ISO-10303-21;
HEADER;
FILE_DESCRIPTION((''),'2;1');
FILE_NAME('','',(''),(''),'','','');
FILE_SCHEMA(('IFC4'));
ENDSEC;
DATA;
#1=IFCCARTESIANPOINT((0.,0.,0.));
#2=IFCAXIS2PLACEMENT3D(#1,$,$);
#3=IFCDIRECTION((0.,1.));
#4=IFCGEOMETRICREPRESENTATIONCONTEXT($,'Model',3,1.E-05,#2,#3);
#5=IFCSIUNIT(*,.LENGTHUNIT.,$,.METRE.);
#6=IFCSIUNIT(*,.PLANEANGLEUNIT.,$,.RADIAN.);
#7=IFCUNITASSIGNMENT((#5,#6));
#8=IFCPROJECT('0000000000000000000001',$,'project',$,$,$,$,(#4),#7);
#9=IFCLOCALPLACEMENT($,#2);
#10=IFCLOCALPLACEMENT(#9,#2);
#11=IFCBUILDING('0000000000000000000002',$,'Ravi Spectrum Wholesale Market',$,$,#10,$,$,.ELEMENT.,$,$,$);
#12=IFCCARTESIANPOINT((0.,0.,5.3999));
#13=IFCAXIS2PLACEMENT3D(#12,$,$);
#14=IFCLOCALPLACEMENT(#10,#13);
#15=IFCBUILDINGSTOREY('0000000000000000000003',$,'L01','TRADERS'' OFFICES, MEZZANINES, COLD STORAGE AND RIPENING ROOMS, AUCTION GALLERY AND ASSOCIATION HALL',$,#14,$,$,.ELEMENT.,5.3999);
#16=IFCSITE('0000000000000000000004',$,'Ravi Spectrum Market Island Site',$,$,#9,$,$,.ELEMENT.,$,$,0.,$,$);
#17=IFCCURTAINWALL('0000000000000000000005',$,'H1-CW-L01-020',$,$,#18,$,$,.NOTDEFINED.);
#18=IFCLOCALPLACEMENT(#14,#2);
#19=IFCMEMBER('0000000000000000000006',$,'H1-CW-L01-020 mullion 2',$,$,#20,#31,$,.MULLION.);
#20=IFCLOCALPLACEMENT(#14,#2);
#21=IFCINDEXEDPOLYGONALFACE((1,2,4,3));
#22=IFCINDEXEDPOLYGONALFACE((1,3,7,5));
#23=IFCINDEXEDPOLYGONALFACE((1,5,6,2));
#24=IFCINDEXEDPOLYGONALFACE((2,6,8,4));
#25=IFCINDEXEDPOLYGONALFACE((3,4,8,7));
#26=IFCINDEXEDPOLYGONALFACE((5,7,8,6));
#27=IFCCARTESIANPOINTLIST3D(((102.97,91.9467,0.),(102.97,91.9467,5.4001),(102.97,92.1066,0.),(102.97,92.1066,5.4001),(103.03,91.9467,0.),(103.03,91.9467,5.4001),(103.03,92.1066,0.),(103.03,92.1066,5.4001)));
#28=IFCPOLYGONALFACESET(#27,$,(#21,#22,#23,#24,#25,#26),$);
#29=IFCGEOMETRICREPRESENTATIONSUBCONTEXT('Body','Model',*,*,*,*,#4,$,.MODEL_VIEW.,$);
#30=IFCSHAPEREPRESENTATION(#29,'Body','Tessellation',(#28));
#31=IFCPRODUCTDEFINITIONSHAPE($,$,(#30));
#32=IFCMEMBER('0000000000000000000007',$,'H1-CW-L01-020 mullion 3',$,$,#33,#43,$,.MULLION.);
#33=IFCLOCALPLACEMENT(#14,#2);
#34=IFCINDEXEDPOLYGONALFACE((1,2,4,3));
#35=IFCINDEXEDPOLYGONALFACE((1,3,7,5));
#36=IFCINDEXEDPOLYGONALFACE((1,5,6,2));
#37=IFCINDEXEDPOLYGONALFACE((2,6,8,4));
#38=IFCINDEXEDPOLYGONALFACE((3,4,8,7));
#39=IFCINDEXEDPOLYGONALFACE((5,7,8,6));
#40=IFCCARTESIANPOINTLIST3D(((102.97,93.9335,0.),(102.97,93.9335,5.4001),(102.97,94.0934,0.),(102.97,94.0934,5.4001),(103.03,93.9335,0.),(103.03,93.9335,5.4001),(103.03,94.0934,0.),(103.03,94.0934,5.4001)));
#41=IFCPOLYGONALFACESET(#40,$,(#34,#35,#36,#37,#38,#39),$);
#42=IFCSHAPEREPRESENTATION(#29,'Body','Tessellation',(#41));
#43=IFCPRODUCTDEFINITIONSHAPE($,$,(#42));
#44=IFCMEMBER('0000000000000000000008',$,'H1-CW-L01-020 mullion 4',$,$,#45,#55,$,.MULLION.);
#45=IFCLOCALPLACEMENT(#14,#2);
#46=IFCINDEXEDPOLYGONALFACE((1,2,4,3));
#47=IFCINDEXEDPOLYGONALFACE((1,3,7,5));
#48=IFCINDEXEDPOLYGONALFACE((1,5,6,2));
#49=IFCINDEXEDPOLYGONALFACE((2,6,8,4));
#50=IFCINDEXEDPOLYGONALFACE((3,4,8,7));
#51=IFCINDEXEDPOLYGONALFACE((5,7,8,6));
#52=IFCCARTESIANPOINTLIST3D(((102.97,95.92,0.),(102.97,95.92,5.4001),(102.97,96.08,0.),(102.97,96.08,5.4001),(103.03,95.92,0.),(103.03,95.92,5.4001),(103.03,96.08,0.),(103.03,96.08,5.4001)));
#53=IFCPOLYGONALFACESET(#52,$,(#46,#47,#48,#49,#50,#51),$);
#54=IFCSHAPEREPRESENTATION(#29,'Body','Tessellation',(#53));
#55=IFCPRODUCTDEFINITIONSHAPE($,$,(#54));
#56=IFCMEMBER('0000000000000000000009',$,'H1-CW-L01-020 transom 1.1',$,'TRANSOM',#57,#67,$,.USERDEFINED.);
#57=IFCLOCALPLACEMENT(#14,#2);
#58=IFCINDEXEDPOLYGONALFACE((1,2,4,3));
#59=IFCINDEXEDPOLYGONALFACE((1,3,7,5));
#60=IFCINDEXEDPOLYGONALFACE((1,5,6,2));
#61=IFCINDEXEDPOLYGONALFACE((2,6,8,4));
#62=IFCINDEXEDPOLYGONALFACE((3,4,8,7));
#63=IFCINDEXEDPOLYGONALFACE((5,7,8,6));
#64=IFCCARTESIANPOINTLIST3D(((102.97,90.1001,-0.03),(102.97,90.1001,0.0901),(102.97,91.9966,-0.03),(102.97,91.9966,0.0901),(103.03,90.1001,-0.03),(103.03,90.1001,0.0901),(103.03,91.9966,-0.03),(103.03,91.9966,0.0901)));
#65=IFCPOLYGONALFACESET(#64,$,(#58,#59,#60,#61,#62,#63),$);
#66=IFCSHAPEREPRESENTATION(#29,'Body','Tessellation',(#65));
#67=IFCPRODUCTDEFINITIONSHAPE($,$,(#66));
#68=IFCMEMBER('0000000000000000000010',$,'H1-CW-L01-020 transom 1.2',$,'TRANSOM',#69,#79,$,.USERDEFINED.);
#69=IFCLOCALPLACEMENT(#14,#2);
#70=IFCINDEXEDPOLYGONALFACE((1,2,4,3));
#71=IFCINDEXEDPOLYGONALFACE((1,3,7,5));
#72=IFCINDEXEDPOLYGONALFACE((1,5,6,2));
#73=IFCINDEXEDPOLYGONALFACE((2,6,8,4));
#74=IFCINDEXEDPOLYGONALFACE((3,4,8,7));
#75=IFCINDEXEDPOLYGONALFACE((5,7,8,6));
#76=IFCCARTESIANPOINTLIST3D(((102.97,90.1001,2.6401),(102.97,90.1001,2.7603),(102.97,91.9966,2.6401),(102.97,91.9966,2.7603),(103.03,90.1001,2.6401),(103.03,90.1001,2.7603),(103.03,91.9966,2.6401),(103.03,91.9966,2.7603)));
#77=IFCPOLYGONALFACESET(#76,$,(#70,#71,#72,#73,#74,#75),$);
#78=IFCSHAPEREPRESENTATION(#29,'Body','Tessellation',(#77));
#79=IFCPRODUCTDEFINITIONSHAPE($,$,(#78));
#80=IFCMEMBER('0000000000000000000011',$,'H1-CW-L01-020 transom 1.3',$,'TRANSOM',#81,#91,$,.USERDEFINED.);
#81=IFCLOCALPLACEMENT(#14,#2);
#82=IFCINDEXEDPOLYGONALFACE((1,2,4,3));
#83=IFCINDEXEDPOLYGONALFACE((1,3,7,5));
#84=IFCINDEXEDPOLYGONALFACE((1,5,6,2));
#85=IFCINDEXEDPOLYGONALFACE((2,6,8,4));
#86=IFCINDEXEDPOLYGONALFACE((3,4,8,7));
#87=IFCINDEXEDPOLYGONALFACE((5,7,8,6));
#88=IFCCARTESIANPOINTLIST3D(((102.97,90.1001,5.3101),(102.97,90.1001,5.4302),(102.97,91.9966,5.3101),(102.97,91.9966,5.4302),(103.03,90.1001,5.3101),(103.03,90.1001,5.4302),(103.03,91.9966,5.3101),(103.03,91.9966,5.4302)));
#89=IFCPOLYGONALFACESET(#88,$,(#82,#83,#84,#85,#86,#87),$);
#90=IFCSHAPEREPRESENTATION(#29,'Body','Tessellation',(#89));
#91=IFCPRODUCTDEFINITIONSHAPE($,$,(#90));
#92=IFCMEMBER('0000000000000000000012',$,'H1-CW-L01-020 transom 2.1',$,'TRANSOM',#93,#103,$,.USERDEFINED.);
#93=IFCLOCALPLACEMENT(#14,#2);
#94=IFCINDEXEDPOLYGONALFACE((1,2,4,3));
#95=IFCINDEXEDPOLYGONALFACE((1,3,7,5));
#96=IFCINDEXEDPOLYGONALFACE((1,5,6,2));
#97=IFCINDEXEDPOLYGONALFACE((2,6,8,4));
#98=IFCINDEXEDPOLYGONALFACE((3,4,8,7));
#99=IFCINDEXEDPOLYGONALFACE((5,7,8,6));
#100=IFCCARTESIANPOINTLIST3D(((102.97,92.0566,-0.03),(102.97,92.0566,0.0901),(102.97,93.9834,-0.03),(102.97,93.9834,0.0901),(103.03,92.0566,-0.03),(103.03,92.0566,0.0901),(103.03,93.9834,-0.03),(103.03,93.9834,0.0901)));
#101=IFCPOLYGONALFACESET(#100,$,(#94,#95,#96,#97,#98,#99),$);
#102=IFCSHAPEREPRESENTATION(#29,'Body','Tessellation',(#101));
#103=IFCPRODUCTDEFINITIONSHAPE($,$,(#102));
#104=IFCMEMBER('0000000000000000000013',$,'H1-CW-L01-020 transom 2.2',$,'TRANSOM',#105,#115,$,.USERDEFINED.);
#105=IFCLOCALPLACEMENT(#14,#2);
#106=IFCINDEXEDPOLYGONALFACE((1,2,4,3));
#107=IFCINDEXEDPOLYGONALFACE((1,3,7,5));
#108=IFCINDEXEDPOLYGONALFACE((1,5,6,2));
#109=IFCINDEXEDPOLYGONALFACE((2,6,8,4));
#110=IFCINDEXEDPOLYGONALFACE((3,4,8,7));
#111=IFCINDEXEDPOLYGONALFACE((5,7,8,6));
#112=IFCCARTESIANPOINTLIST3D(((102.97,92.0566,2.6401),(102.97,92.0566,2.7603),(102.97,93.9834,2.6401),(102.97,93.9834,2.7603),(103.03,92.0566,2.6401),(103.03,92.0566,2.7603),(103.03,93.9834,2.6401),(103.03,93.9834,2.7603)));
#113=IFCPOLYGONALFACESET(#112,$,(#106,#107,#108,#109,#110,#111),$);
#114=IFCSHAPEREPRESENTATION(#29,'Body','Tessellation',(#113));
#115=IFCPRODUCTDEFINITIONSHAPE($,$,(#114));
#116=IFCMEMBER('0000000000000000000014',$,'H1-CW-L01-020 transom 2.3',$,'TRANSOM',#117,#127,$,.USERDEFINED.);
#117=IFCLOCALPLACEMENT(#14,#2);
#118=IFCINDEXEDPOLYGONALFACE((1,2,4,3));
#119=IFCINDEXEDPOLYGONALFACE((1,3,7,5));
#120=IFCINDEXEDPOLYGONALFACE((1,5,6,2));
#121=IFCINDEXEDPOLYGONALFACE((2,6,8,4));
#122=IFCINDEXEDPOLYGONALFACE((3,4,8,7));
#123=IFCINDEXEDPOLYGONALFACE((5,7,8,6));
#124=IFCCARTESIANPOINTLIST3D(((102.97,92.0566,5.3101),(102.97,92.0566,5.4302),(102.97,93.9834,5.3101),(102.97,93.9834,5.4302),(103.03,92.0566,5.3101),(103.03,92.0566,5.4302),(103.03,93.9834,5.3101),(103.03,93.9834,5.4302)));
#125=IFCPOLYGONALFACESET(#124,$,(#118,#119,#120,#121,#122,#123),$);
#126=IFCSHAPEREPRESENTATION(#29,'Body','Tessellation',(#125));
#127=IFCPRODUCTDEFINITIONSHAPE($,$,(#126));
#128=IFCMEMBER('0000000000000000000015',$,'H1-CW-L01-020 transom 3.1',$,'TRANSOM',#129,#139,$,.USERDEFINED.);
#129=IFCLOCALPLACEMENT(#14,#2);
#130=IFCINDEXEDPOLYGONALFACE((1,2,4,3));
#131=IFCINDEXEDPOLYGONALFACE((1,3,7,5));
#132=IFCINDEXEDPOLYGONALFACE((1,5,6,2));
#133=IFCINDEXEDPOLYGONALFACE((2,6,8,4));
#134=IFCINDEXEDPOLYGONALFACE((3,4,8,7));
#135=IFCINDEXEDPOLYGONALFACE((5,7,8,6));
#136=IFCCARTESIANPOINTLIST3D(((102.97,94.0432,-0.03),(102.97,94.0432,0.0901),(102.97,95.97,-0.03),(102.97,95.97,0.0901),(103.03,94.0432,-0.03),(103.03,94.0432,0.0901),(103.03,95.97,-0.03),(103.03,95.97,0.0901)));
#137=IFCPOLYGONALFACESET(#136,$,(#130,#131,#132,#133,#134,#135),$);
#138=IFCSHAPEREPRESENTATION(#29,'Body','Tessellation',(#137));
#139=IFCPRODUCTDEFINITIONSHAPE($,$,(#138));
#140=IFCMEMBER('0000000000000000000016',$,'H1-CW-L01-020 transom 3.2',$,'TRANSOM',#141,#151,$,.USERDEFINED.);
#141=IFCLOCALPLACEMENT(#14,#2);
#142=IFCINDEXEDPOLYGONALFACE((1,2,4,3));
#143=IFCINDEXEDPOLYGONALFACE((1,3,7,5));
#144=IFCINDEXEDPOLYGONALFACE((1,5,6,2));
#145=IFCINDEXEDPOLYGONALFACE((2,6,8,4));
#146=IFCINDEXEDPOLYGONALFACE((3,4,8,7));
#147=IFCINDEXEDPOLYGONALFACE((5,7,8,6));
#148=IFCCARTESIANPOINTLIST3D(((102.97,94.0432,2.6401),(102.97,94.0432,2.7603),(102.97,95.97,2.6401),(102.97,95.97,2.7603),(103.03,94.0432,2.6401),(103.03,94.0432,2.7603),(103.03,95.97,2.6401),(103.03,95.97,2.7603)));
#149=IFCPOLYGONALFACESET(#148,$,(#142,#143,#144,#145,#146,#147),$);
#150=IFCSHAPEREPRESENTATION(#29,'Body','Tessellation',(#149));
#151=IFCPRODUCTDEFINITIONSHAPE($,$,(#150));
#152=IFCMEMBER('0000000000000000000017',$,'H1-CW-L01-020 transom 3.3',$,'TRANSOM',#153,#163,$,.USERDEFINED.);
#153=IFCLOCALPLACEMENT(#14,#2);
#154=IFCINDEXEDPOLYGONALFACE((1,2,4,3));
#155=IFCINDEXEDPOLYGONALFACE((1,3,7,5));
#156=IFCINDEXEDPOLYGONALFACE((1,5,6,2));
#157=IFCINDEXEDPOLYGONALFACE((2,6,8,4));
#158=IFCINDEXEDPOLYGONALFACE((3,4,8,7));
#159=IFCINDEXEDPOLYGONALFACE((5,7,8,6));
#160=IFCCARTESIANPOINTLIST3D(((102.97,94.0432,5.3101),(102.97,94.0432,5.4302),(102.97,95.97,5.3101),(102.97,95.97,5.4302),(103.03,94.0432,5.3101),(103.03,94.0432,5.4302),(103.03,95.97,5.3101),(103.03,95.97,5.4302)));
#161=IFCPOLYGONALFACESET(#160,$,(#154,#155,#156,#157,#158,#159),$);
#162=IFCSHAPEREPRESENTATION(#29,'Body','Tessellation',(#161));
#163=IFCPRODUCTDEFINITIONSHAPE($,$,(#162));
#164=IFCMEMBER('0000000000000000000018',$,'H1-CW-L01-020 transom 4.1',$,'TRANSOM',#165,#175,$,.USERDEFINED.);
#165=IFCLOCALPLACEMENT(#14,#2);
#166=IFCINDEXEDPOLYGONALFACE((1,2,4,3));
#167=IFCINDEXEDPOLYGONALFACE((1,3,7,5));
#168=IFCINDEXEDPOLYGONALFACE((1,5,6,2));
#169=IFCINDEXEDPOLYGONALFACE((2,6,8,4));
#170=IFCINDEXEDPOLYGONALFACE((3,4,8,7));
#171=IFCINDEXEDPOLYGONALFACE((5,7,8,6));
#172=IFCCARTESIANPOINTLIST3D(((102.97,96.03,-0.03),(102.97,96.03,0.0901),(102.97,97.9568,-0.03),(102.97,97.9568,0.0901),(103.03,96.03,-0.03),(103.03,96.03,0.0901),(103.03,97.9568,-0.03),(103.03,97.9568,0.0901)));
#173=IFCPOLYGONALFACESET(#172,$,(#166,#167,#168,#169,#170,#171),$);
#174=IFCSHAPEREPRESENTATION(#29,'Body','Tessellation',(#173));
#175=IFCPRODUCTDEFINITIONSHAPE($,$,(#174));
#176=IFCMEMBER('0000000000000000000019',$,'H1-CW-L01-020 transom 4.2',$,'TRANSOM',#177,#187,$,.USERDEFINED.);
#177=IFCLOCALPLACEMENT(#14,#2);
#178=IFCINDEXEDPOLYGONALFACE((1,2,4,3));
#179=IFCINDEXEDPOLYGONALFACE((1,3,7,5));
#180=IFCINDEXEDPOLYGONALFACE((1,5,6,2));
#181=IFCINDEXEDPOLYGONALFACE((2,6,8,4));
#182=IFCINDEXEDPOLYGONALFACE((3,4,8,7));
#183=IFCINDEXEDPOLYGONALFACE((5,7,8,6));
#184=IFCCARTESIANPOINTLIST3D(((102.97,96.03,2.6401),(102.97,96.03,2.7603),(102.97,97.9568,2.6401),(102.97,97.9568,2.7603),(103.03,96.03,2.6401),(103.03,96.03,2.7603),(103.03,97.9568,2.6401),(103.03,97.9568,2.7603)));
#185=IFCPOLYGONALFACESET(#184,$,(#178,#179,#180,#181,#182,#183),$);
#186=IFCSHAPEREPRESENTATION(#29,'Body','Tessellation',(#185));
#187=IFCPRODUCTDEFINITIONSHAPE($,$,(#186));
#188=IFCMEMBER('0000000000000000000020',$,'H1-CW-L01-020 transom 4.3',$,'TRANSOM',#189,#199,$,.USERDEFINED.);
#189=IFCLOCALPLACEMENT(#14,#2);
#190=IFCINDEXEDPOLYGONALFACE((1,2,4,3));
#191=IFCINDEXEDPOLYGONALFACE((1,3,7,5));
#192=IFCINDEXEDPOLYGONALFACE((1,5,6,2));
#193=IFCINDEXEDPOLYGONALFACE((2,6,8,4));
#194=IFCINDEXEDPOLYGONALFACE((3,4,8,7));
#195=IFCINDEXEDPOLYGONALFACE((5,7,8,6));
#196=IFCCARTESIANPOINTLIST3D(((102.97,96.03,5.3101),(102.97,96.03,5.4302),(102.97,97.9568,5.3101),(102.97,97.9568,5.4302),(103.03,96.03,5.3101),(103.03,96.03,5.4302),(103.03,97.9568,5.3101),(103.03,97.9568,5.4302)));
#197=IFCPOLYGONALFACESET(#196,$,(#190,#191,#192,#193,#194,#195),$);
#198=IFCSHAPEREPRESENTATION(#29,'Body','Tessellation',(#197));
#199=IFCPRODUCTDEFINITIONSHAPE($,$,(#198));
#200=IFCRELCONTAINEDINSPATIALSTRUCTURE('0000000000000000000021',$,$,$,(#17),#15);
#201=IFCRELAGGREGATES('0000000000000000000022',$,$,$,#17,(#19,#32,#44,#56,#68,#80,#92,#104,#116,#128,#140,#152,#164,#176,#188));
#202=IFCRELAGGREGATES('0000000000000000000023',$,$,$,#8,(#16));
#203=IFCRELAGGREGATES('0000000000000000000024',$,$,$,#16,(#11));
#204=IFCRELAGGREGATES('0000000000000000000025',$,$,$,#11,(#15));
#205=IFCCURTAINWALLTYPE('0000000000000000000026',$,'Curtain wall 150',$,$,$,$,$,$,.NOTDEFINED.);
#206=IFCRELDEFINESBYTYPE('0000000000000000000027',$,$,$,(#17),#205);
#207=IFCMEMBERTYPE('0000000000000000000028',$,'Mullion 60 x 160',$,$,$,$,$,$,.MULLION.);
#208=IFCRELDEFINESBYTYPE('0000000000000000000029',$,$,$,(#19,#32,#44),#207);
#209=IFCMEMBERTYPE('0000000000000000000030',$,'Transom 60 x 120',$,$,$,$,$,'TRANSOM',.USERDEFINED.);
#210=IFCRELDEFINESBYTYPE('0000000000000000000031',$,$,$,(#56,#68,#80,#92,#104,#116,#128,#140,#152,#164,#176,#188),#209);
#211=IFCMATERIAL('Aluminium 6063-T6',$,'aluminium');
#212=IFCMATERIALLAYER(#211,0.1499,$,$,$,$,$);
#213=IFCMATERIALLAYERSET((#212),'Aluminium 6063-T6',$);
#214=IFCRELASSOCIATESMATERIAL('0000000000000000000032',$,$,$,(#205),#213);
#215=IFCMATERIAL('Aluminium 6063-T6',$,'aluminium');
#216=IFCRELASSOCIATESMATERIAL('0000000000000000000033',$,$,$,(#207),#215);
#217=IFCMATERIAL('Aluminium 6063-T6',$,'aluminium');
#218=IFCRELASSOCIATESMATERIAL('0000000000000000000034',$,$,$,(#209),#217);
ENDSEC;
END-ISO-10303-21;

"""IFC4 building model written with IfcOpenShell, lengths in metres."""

from ifc_helpers import new_model, si_unit, direction, frame, origin, origin_2d, place, context, subcontext, project, spatial, rectangle, extrude, material, layer, layer_set, material_profile, profile_set, type_object, element, aggregate, save


model = new_model("IFC4")

# Units and contexts
model_context = context("Model", 3, precision=1e-05, world=origin(), true_north=direction((0.0, 1.0)))
body_context = subcontext(model_context, "Body", "Model", "MODEL_VIEW")
ifc_project = project(units=[si_unit("LENGTHUNIT", "METRE"), si_unit("PLANEANGLEUNIT", "RADIAN")], contexts=[model_context])

# Site, building, storey
site_placement = place(None, origin())
site = spatial("IfcSite", under=ifc_project, at=site_placement, Name="Ravi Spectrum Market Island Site", CompositionType="ELEMENT", RefElevation=0.0)
building_placement = place(site_placement, origin())
building = spatial("IfcBuilding", under=site, at=building_placement, Name="Ravi Spectrum Wholesale Market", CompositionType="ELEMENT")
storey_placement = place(building_placement, frame((0.0, 0.0, 5.3999)))
storey = spatial("IfcBuildingStorey", under=building, at=storey_placement, Name="L01", Description="TRADERS' OFFICES, MEZZANINES, COLD STORAGE AND RIPENING ROOMS, AUCTION GALLERY AND ASSOCIATION HALL", CompositionType="ELEMENT", Elevation=5.3999)

# Curtain wall, members
ifc_material_1 = material(Name="Aluminium 6063-T6", Category="aluminium")
ifc_layer_1 = layer(ifc_material_1, 0.1499)
ifc_layer_set_1 = layer_set([ifc_layer_1], Name="Aluminium 6063-T6")
curtain_wall_type = type_object("IfcCurtainWallType", Name="Curtain wall 150", PredefinedType="NOTDEFINED", material=ifc_layer_set_1)
curtain_wall_placement = place(storey_placement, origin())
curtain_wall = element("IfcCurtainWall", 1, at=curtain_wall_placement, inside=storey, type_object=curtain_wall_type, Name="H1-CW-L01-020", PredefinedType="NOTDEFINED")
ifc_material_2 = material(Name="Aluminium 6063-T6", Category="aluminium")
ifc_material_profile_1 = material_profile(ifc_material_2, rectangle(XDim=0.0601, YDim=0.1599, at=origin_2d()))
ifc_profile_set_1 = profile_set([ifc_material_profile_1], Name="Aluminium 6063-T6")
member_type_1 = type_object("IfcMemberType", Name="Mullion 60 x 160", PredefinedType="MULLION", material=ifc_profile_set_1)
member_1_placement = place(storey_placement, frame((103.0, 92.0266, 0.0), z_axis=(0.0, 0.0, 1.0), x_axis=(-1.0, 0.0, 0.0)))
member_1 = element("IfcMember", 2, at=member_1_placement, type_object=member_type_1, Name="H1-CW-L01-020 mullion 2", PredefinedType="MULLION", context=body_context, shape_type="SweptSolid", body=[
    extrude(rectangle(XDim=0.0601, YDim=0.1599, at=origin_2d()), origin(), (0.0, 0.0, 1.0), 5.4001),
])
member_2_placement = place(storey_placement, frame((103.0, 94.0134, 0.0), z_axis=(0.0, 0.0, 1.0), x_axis=(-1.0, 0.0, 0.0)))
member_2 = element("IfcMember", 3, at=member_2_placement, type_object=member_type_1, Name="H1-CW-L01-020 mullion 3", PredefinedType="MULLION", context=body_context, shape_type="SweptSolid", body=[
    extrude(rectangle(XDim=0.0601, YDim=0.1599, at=origin_2d()), origin(), (0.0, 0.0, 1.0), 5.4001),
])
member_3_placement = place(storey_placement, frame((103.0, 96.0, 0.0), z_axis=(0.0, 0.0, 1.0), x_axis=(-1.0, 0.0, 0.0)))
member_3 = element("IfcMember", 4, at=member_3_placement, type_object=member_type_1, Name="H1-CW-L01-020 mullion 4", PredefinedType="MULLION", context=body_context, shape_type="SweptSolid", body=[
    extrude(rectangle(XDim=0.0601, YDim=0.1599, at=origin_2d()), origin(), (0.0, 0.0, 1.0), 5.4001),
])
ifc_material_3 = material(Name="Aluminium 6063-T6", Category="aluminium")
ifc_material_profile_2 = material_profile(ifc_material_3, rectangle(XDim=0.0601, YDim=0.1201, at=origin_2d()))
ifc_profile_set_2 = profile_set([ifc_material_profile_2], Name="Aluminium 6063-T6")
member_type_2 = type_object("IfcMemberType", Name="Transom 60 x 120", ElementType="TRANSOM", PredefinedType="USERDEFINED", material=ifc_profile_set_2)
member_4_placement = place(storey_placement, frame((103.0, 90.1001, 0.03), z_axis=(0.0, 1.0, 0.0), x_axis=(-1.0, 0.0, 0.0)))
member_4 = element("IfcMember", 5, at=member_4_placement, type_object=member_type_2, Name="H1-CW-L01-020 transom 1.1", ObjectType="TRANSOM", PredefinedType="USERDEFINED", context=body_context, shape_type="SweptSolid", body=[
    extrude(rectangle(XDim=0.0601, YDim=0.1201, at=origin_2d()), origin(), (0.0, 0.0, 1.0), 1.8965),
])
member_5_placement = place(storey_placement, frame((103.0, 90.1001, 2.7002), z_axis=(0.0, 1.0, 0.0), x_axis=(-1.0, 0.0, 0.0)))
member_5 = element("IfcMember", 6, at=member_5_placement, type_object=member_type_2, Name="H1-CW-L01-020 transom 1.2", ObjectType="TRANSOM", PredefinedType="USERDEFINED", context=body_context, shape_type="SweptSolid", body=[
    extrude(rectangle(XDim=0.0601, YDim=0.1201, at=origin_2d()), origin(), (0.0, 0.0, 1.0), 1.8965),
])
member_6_placement = place(storey_placement, frame((103.0, 90.1001, 5.3701), z_axis=(0.0, 1.0, 0.0), x_axis=(-1.0, 0.0, 0.0)))
member_6 = element("IfcMember", 7, at=member_6_placement, type_object=member_type_2, Name="H1-CW-L01-020 transom 1.3", ObjectType="TRANSOM", PredefinedType="USERDEFINED", context=body_context, shape_type="SweptSolid", body=[
    extrude(rectangle(XDim=0.0601, YDim=0.1201, at=origin_2d()), origin(), (0.0, 0.0, 1.0), 1.8965),
])
member_7_placement = place(storey_placement, frame((103.0, 92.0566, 0.03), z_axis=(0.0, 1.0, 0.0), x_axis=(-1.0, 0.0, 0.0)))
member_7 = element("IfcMember", 8, at=member_7_placement, type_object=member_type_2, Name="H1-CW-L01-020 transom 2.1", ObjectType="TRANSOM", PredefinedType="USERDEFINED", context=body_context, shape_type="SweptSolid", body=[
    extrude(rectangle(XDim=0.0601, YDim=0.1201, at=origin_2d()), origin(), (0.0, 0.0, 1.0), 1.9268),
])
member_8_placement = place(storey_placement, frame((103.0, 92.0566, 2.7002), z_axis=(0.0, 1.0, 0.0), x_axis=(-1.0, 0.0, 0.0)))
member_8 = element("IfcMember", 9, at=member_8_placement, type_object=member_type_2, Name="H1-CW-L01-020 transom 2.2", ObjectType="TRANSOM", PredefinedType="USERDEFINED", context=body_context, shape_type="SweptSolid", body=[
    extrude(rectangle(XDim=0.0601, YDim=0.1201, at=origin_2d()), origin(), (0.0, 0.0, 1.0), 1.9268),
])
member_9_placement = place(storey_placement, frame((103.0, 92.0566, 5.3701), z_axis=(0.0, 1.0, 0.0), x_axis=(-1.0, 0.0, 0.0)))
member_9 = element("IfcMember", 10, at=member_9_placement, type_object=member_type_2, Name="H1-CW-L01-020 transom 2.3", ObjectType="TRANSOM", PredefinedType="USERDEFINED", context=body_context, shape_type="SweptSolid", body=[
    extrude(rectangle(XDim=0.0601, YDim=0.1201, at=origin_2d()), origin(), (0.0, 0.0, 1.0), 1.9268),
])
member_10_placement = place(storey_placement, frame((103.0, 94.0432, 0.03), z_axis=(0.0, 1.0, 0.0), x_axis=(-1.0, 0.0, 0.0)))
member_10 = element("IfcMember", 11, at=member_10_placement, type_object=member_type_2, Name="H1-CW-L01-020 transom 3.1", ObjectType="TRANSOM", PredefinedType="USERDEFINED", context=body_context, shape_type="SweptSolid", body=[
    extrude(rectangle(XDim=0.0601, YDim=0.1201, at=origin_2d()), origin(), (0.0, 0.0, 1.0), 1.9268),
])
member_11_placement = place(storey_placement, frame((103.0, 94.0432, 2.7002), z_axis=(0.0, 1.0, 0.0), x_axis=(-1.0, 0.0, 0.0)))
member_11 = element("IfcMember", 12, at=member_11_placement, type_object=member_type_2, Name="H1-CW-L01-020 transom 3.2", ObjectType="TRANSOM", PredefinedType="USERDEFINED", context=body_context, shape_type="SweptSolid", body=[
    extrude(rectangle(XDim=0.0601, YDim=0.1201, at=origin_2d()), origin(), (0.0, 0.0, 1.0), 1.9268),
])
member_12_placement = place(storey_placement, frame((103.0, 94.0432, 5.3701), z_axis=(0.0, 1.0, 0.0), x_axis=(-1.0, 0.0, 0.0)))
member_12 = element("IfcMember", 13, at=member_12_placement, type_object=member_type_2, Name="H1-CW-L01-020 transom 3.3", ObjectType="TRANSOM", PredefinedType="USERDEFINED", context=body_context, shape_type="SweptSolid", body=[
    extrude(rectangle(XDim=0.0601, YDim=0.1201, at=origin_2d()), origin(), (0.0, 0.0, 1.0), 1.9268),
])
member_13_placement = place(storey_placement, frame((103.0, 96.03, 0.03), z_axis=(0.0, 1.0, 0.0), x_axis=(-1.0, 0.0, 0.0)))
member_13 = element("IfcMember", 14, at=member_13_placement, type_object=member_type_2, Name="H1-CW-L01-020 transom 4.1", ObjectType="TRANSOM", PredefinedType="USERDEFINED", context=body_context, shape_type="SweptSolid", body=[
    extrude(rectangle(XDim=0.0601, YDim=0.1201, at=origin_2d()), origin(), (0.0, 0.0, 1.0), 1.9268),
])
member_14_placement = place(storey_placement, frame((103.0, 96.03, 2.7002), z_axis=(0.0, 1.0, 0.0), x_axis=(-1.0, 0.0, 0.0)))
member_14 = element("IfcMember", 15, at=member_14_placement, type_object=member_type_2, Name="H1-CW-L01-020 transom 4.2", ObjectType="TRANSOM", PredefinedType="USERDEFINED", context=body_context, shape_type="SweptSolid", body=[
    extrude(rectangle(XDim=0.0601, YDim=0.1201, at=origin_2d()), origin(), (0.0, 0.0, 1.0), 1.9268),
])
member_15_placement = place(storey_placement, frame((103.0, 96.03, 5.3701), z_axis=(0.0, 1.0, 0.0), x_axis=(-1.0, 0.0, 0.0)))
member_15 = element("IfcMember", 16, at=member_15_placement, type_object=member_type_2, Name="H1-CW-L01-020 transom 4.3", ObjectType="TRANSOM", PredefinedType="USERDEFINED", context=body_context, shape_type="SweptSolid", body=[
    extrude(rectangle(XDim=0.0601, YDim=0.1201, at=origin_2d()), origin(), (0.0, 0.0, 1.0), 1.9268),
])
aggregate(curtain_wall, [member_1, member_2, member_3, member_4, member_5, member_6, member_7, member_8, member_9, member_10, member_11, member_12, member_13, member_14, member_15])

save(model, "model.ifc")
